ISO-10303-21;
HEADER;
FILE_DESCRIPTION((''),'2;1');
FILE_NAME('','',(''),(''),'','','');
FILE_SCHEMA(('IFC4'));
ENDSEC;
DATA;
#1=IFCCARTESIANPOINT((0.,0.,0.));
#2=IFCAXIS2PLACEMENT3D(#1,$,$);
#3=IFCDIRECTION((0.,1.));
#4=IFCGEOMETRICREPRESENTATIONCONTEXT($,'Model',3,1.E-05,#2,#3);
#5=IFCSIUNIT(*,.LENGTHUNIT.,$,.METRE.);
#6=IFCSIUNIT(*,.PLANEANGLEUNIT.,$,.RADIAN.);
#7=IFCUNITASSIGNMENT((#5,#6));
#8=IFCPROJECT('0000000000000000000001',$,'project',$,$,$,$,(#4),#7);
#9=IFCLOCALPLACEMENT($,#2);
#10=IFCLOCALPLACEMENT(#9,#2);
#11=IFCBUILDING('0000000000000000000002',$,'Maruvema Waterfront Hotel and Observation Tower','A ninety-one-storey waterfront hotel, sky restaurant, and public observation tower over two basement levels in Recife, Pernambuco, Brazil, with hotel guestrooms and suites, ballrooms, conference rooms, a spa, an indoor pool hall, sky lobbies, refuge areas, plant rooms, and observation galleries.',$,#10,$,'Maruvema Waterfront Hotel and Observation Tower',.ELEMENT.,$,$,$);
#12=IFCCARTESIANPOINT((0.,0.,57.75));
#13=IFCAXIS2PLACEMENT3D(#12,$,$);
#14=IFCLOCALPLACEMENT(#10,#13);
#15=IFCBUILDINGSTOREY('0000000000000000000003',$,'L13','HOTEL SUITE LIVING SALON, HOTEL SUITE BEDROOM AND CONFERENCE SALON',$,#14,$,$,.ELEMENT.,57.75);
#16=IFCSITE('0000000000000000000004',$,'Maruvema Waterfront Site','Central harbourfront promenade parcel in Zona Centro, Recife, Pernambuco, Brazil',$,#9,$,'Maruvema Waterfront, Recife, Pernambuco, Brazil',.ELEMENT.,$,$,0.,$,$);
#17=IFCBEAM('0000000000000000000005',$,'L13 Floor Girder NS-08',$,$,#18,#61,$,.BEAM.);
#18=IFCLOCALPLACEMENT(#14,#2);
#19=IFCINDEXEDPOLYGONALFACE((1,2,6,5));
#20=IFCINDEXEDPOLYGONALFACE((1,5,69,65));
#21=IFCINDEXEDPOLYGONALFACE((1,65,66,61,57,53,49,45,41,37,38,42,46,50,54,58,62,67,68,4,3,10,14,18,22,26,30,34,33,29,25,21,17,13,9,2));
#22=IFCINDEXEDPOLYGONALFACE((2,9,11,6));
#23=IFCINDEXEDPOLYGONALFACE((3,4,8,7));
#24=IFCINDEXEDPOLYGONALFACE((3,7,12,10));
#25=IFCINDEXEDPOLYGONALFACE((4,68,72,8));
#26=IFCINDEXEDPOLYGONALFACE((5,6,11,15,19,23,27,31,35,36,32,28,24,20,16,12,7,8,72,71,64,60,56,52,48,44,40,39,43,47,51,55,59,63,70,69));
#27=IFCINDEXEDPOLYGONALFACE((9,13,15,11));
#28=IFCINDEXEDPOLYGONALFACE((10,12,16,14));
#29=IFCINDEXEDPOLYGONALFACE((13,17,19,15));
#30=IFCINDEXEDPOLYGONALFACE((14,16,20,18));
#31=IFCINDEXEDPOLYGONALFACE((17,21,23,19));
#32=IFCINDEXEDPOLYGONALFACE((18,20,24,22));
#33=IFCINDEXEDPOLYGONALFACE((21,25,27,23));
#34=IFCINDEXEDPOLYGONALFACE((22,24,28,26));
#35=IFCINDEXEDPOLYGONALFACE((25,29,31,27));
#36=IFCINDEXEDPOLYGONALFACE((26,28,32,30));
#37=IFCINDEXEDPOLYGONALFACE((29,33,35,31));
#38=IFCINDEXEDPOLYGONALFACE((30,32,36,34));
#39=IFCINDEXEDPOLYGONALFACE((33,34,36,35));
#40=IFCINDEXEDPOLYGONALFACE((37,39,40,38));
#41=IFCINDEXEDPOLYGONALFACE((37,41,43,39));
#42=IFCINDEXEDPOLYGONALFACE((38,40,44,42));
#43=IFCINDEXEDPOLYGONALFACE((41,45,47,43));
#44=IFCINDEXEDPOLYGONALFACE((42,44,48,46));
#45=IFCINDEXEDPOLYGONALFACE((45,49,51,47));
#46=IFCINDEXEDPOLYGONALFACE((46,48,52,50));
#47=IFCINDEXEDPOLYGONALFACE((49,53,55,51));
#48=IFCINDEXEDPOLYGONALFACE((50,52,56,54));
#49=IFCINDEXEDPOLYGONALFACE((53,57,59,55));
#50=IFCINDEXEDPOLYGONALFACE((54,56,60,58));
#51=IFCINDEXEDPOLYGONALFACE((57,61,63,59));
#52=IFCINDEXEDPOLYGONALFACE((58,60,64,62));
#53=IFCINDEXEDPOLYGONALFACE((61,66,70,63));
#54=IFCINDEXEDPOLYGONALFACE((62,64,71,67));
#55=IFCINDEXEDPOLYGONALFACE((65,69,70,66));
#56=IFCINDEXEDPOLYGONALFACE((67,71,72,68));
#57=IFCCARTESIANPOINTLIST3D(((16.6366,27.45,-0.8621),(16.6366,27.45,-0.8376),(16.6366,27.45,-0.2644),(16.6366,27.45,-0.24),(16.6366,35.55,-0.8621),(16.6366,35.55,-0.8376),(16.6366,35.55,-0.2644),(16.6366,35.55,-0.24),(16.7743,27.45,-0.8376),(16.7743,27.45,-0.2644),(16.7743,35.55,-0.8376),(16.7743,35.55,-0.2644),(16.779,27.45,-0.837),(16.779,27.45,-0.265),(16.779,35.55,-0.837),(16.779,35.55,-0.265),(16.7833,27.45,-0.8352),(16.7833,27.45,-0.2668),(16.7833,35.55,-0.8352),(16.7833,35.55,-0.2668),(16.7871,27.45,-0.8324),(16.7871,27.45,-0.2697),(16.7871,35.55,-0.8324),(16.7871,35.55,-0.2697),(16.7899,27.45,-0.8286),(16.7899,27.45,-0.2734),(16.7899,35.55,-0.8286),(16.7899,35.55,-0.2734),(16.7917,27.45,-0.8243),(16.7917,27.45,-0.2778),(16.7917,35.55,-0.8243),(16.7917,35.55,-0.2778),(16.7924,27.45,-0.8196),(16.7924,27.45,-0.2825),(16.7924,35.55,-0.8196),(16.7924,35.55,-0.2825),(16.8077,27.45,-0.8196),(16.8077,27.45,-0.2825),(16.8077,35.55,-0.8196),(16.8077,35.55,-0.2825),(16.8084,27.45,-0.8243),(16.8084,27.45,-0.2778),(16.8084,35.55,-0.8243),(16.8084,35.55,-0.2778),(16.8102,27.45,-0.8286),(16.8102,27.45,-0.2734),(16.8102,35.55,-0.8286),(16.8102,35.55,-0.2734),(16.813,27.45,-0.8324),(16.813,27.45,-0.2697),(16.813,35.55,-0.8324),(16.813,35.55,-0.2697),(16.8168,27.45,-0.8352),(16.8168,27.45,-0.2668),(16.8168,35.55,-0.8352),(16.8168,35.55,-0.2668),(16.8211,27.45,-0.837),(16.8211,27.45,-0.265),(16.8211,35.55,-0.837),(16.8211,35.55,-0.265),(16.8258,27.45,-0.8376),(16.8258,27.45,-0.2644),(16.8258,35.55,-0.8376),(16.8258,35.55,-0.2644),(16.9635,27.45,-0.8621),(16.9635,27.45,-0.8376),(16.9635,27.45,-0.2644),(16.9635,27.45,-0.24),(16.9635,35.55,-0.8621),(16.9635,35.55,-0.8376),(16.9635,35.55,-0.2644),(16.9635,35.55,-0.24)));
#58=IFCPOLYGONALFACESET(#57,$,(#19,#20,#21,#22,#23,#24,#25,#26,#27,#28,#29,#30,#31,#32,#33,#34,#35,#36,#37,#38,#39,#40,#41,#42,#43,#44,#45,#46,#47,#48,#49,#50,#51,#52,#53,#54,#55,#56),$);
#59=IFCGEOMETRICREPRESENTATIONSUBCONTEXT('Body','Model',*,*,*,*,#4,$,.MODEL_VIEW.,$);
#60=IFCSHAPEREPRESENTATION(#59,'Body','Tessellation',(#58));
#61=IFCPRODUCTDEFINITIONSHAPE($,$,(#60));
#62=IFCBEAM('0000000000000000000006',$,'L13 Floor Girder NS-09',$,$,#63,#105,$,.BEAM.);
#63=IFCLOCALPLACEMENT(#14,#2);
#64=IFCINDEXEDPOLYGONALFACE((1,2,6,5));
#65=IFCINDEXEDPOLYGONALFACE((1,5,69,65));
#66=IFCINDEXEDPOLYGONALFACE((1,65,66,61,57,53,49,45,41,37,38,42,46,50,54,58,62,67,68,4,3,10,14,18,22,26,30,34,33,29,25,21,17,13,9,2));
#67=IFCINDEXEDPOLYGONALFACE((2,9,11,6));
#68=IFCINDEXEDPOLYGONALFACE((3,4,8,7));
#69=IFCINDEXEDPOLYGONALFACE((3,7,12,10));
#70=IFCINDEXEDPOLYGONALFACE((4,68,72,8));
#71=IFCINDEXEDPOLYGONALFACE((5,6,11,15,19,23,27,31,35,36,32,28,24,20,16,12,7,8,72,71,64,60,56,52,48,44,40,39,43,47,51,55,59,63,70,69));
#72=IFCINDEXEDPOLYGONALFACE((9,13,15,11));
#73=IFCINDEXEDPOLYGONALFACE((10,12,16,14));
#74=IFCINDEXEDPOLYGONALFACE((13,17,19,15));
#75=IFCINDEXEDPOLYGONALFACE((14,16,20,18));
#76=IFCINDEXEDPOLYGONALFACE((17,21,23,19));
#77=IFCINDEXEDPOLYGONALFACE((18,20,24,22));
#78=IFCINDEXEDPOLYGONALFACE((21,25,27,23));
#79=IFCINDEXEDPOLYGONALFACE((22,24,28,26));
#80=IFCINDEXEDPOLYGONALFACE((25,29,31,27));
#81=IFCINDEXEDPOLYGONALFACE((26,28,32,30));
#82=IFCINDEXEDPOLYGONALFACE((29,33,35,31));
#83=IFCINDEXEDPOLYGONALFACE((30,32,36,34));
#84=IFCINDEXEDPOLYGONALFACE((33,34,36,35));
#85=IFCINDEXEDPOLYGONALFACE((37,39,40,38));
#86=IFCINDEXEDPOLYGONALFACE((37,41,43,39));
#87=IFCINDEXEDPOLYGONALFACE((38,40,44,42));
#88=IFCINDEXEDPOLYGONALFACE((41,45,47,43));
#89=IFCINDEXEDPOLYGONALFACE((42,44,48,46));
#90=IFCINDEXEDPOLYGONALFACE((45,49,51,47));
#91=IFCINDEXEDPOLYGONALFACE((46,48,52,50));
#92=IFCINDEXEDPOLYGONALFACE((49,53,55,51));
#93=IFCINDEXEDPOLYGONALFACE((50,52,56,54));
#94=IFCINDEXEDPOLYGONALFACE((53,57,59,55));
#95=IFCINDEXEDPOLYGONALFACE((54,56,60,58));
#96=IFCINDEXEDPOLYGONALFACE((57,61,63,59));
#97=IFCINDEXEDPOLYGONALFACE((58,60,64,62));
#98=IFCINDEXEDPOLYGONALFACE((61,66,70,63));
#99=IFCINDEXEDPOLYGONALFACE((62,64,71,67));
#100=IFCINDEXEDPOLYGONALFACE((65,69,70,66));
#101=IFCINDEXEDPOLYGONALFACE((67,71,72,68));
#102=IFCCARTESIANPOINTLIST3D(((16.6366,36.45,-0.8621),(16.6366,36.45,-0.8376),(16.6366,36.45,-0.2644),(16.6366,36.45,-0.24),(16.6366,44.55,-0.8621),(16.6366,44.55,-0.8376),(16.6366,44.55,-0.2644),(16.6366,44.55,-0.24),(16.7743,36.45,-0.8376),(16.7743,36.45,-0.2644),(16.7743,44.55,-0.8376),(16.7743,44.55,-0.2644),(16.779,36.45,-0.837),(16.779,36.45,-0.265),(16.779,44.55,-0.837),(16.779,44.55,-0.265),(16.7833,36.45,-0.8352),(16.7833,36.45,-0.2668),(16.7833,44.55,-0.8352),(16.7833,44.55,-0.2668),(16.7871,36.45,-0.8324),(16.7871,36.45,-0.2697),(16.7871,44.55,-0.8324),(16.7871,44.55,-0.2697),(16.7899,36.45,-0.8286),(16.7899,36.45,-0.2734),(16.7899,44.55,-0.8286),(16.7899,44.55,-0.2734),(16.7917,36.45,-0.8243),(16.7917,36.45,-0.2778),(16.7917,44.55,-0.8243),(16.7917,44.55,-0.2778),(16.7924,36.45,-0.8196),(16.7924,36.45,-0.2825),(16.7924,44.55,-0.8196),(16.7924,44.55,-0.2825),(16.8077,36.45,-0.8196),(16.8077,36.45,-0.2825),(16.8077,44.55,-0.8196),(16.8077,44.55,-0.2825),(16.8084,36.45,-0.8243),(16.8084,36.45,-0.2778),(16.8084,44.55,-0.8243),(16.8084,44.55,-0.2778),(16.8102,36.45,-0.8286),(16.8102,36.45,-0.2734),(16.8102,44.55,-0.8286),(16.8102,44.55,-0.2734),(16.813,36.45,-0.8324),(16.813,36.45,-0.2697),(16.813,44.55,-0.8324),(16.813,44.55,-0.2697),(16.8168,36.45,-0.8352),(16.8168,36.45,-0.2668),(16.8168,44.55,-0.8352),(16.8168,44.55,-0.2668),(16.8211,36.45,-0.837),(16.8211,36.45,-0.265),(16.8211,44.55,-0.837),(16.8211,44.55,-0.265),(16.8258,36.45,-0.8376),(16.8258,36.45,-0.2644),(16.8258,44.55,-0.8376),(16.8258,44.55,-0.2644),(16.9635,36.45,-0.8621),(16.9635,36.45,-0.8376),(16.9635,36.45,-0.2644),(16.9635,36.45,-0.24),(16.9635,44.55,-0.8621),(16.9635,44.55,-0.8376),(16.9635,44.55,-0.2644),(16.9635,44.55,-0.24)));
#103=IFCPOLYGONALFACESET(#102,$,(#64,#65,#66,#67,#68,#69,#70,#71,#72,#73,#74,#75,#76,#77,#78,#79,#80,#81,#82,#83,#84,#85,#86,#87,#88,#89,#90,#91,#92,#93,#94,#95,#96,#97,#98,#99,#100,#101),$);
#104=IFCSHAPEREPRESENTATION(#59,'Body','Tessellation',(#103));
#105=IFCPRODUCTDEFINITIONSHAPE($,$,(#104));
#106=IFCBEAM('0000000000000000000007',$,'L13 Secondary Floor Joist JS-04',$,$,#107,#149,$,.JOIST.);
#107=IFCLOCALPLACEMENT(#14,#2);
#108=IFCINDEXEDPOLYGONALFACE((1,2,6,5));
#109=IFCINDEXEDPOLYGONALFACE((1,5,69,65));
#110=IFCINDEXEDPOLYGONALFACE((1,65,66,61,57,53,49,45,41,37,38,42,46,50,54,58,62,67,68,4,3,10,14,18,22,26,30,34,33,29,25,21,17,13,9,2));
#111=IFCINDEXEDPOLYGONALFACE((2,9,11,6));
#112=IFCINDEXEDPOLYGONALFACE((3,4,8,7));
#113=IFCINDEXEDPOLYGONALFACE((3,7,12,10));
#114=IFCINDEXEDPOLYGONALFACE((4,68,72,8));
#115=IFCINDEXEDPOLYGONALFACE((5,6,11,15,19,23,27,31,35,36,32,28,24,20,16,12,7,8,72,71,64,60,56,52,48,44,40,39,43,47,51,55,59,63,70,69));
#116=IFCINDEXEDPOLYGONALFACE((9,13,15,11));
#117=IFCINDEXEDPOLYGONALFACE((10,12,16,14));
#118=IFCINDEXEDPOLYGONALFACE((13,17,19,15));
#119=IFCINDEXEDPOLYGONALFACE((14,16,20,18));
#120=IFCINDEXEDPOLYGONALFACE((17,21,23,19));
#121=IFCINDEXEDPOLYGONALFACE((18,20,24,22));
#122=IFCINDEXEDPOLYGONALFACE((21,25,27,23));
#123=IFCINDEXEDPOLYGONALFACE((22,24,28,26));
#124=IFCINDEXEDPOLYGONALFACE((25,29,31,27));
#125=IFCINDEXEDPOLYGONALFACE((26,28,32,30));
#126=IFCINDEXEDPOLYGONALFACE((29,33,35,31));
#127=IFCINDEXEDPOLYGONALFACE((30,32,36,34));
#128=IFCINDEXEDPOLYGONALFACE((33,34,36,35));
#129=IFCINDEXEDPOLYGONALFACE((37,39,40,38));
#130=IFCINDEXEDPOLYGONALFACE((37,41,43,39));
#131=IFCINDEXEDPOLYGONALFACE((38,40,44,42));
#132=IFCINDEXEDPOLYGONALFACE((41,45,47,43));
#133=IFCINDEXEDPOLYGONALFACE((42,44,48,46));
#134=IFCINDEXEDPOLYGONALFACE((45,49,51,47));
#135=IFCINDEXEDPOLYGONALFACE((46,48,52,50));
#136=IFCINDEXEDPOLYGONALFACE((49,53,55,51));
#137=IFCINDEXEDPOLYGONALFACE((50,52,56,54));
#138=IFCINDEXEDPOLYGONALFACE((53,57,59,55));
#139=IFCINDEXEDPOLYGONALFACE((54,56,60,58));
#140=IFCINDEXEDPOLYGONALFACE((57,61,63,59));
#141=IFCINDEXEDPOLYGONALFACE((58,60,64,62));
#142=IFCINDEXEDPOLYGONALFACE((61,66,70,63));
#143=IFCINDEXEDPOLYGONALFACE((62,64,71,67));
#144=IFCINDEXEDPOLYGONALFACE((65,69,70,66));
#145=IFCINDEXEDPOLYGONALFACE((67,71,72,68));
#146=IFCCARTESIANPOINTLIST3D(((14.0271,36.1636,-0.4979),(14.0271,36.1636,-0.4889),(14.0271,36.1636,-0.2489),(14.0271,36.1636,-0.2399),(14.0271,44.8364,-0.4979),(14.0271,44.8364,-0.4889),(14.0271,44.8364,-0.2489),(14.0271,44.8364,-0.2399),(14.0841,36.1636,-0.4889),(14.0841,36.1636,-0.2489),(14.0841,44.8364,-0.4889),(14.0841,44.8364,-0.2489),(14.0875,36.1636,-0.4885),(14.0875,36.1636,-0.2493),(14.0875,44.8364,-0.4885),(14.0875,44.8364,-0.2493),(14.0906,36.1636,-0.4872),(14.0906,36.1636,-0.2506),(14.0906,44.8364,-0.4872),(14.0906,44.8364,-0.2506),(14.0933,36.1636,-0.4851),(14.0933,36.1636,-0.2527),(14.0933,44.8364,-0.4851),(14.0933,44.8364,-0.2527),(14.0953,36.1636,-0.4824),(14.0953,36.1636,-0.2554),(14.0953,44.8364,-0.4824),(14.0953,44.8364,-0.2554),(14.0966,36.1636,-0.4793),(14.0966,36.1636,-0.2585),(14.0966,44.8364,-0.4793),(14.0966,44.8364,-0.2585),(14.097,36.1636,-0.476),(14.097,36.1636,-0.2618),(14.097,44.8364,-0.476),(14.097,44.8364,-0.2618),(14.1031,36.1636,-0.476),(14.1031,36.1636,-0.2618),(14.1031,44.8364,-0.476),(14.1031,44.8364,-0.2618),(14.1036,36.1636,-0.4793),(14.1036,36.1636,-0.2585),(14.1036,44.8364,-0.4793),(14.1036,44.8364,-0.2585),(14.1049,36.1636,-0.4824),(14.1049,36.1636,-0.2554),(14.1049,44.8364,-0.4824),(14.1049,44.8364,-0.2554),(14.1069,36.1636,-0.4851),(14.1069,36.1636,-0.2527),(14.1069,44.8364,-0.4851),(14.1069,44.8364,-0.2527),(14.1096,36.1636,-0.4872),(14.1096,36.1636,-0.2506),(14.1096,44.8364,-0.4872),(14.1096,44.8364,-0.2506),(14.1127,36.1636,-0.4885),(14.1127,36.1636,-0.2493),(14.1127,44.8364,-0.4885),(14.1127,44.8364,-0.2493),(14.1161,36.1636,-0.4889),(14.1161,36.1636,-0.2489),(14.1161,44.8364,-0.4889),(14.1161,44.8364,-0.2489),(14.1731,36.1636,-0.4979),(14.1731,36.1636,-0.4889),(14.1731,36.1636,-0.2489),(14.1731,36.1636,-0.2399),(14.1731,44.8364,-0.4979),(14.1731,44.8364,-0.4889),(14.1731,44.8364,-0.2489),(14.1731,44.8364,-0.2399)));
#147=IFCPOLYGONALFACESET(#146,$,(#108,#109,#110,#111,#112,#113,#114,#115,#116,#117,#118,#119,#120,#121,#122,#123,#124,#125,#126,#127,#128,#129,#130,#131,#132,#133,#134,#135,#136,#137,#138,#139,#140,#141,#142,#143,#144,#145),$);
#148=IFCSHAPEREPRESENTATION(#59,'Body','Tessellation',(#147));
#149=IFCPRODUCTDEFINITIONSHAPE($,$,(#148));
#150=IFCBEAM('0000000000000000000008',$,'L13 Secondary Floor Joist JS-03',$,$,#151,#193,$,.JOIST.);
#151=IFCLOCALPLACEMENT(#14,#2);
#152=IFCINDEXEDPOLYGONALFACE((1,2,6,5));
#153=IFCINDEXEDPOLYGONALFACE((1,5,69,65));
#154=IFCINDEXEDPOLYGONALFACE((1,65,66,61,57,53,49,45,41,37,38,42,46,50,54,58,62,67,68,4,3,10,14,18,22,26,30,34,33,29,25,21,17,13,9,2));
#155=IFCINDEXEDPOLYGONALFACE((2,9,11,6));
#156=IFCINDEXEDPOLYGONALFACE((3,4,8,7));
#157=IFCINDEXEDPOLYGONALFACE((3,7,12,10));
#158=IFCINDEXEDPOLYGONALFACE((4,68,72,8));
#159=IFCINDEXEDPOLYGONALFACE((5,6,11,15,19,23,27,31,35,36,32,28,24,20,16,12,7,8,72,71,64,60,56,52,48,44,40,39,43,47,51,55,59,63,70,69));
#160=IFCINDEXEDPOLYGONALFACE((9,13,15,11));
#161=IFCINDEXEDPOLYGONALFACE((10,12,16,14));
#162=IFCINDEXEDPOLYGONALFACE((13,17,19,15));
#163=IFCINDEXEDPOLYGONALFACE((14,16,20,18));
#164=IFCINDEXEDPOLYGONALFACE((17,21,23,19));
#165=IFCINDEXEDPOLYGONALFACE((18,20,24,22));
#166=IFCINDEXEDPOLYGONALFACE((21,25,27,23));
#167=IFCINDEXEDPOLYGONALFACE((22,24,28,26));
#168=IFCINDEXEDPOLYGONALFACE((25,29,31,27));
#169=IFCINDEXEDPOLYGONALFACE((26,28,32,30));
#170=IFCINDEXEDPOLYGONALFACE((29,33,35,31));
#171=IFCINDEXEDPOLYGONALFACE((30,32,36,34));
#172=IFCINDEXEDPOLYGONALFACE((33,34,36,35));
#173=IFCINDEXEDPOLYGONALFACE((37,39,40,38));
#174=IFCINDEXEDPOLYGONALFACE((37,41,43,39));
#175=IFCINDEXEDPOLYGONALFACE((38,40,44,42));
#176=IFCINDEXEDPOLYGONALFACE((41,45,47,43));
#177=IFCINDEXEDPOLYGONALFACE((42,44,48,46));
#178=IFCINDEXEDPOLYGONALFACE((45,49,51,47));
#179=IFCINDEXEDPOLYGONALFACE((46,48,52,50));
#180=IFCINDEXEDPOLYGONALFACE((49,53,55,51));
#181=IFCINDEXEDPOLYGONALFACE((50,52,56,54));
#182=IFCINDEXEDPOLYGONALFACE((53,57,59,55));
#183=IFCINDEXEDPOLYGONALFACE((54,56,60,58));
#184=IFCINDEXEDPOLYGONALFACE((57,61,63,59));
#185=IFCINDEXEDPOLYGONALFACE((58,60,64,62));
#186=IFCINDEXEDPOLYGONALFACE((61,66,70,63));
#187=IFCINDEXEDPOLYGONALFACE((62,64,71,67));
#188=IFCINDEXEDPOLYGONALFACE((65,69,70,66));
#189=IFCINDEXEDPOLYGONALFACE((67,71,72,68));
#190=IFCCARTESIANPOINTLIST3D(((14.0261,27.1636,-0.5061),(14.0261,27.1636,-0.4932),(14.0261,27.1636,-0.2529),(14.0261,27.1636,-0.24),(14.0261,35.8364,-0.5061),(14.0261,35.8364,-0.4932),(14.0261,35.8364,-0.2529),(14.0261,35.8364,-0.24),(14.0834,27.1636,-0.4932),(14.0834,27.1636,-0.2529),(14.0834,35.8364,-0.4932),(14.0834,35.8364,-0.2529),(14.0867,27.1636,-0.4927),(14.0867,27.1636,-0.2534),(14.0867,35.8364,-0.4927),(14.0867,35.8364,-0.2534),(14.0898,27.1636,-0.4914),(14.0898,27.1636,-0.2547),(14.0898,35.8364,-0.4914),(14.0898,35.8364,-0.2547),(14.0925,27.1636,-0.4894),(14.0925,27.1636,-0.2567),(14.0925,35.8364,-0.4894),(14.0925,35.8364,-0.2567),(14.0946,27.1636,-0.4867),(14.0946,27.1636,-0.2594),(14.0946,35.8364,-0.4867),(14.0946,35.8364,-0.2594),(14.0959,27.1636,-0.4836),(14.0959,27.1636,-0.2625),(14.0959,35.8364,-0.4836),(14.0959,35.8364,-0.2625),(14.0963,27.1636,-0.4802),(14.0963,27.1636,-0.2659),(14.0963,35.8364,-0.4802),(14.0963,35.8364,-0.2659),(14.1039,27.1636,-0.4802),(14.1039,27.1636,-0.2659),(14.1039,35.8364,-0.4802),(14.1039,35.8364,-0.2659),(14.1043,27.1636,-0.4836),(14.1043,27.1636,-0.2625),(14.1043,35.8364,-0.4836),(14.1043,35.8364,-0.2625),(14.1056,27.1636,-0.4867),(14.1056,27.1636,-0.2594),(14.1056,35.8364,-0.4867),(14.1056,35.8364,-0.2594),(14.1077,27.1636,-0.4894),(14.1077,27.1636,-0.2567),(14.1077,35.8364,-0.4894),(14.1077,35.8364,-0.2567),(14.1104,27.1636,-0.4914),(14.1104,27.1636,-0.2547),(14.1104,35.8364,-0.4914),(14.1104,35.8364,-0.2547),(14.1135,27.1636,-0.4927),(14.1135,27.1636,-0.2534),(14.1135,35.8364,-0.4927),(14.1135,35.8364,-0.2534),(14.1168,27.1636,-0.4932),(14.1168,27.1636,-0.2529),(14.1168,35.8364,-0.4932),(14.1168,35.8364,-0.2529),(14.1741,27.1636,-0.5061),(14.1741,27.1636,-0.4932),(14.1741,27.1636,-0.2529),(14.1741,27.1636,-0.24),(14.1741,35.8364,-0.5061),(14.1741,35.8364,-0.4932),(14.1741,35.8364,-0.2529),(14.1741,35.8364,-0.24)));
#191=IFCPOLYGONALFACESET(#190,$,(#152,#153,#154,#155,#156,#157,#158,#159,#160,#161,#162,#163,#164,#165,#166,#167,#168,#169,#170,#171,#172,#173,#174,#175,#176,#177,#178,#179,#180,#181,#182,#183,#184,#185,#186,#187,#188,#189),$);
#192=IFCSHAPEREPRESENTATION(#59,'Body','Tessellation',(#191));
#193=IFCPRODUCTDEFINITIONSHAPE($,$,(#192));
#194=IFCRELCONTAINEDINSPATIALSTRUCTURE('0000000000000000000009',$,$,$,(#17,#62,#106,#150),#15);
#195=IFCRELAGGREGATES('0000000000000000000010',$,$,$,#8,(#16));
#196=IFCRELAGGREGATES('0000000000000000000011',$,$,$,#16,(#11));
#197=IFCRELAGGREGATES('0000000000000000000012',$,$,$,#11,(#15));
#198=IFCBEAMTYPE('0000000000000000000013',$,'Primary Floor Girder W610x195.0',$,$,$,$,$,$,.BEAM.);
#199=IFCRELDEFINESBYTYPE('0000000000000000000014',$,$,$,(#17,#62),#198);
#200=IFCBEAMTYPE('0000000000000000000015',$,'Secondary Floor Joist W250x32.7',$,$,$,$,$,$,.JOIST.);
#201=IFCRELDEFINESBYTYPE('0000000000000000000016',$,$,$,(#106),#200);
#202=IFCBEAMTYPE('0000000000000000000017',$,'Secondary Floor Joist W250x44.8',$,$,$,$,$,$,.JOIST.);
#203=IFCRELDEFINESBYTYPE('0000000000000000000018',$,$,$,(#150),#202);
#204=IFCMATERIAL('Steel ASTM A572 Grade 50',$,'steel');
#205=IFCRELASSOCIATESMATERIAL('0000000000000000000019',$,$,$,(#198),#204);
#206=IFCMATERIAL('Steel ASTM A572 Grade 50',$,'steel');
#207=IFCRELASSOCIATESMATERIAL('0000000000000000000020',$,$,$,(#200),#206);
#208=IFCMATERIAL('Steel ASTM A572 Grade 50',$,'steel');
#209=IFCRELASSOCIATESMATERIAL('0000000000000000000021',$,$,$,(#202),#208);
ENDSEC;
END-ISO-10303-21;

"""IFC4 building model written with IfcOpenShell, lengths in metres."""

from ifc_helpers import new_model, si_unit, direction, frame, origin, origin_2d, place, context, subcontext, project, spatial, i_section, extrude, material, material_profile, profile_set, type_object, element, save


model = new_model("IFC4")

# Units and contexts
model_context = context("Model", 3, precision=1e-05, world=origin(), true_north=direction((0.0, 1.0)))
body_context = subcontext(model_context, "Body", "Model", "MODEL_VIEW")
ifc_project = project(units=[si_unit("LENGTHUNIT", "METRE"), si_unit("PLANEANGLEUNIT", "RADIAN")], contexts=[model_context])

# Site, building, storey
site_placement = place(None, origin())
site = spatial("IfcSite", under=ifc_project, at=site_placement, Name="Maruvema Waterfront Site", Description="Central harbourfront promenade parcel in Zona Centro, Recife, Pernambuco, Brazil", LongName="Maruvema Waterfront, Recife, Pernambuco, Brazil", CompositionType="ELEMENT", RefElevation=0.0)
building_placement = place(site_placement, origin())
building = spatial("IfcBuilding", under=site, at=building_placement, Name="Maruvema Waterfront Hotel and Observation Tower", Description="A ninety-one-storey waterfront hotel, sky restaurant, and public observation tower over two basement levels in Recife, Pernambuco, Brazil, with hotel guestrooms and suites, ballrooms, conference rooms, a spa, an indoor pool hall, sky lobbies, refuge areas, plant rooms, and observation galleries.", LongName="Maruvema Waterfront Hotel and Observation Tower", CompositionType="ELEMENT")
storey_placement = place(building_placement, frame((0.0, 0.0, 57.75)))
storey = spatial("IfcBuildingStorey", under=building, at=storey_placement, Name="L13", Description="HOTEL SUITE LIVING SALON, HOTEL SUITE BEDROOM AND CONFERENCE SALON", CompositionType="ELEMENT", Elevation=57.75)

# Beams
ifc_material_1 = material(Name="Steel ASTM A572 Grade 50", Category="steel")
ifc_material_profile_1 = material_profile(ifc_material_1, i_section(OverallWidth=0.3269, OverallDepth=0.6221, WebThickness=0.0154, FlangeThickness=0.0244, FilletRadius=0.0181, at=origin_2d()), Name="W610x195.0")
ifc_profile_set_1 = profile_set([ifc_material_profile_1], Name="Steel ASTM A572 Grade 50")
beam_type_1 = type_object("IfcBeamType", Name="Primary Floor Girder W610x195.0", PredefinedType="BEAM", material=ifc_profile_set_1)
for number, where, z_axis, x_axis, name in (
    (1, (16.8, 27.45, -0.551), (0.0, 1.0, 0.0), (-1.0, 0.0, 0.0), "L13 Floor Girder NS-08"),
    (2, (16.8, 36.45, -0.551), (0.0, 1.0, 0.0), (-1.0, 0.0, 0.0), "L13 Floor Girder NS-09"),
):
    element("IfcBeam", number, at=place(storey_placement, frame(where, z_axis=z_axis, x_axis=x_axis)), inside=storey, type_object=beam_type_1, Name=name, PredefinedType="BEAM", context=body_context, shape_type="SweptSolid", body=[
        extrude(i_section(OverallWidth=0.3269, OverallDepth=0.6221, WebThickness=0.0154, FlangeThickness=0.0244, FilletRadius=0.0181, at=origin_2d()), origin(), (0.0, 0.0, 1.0), 8.1001),
    ])
ifc_material_2 = material(Name="Steel ASTM A572 Grade 50", Category="steel")
ifc_material_profile_2 = material_profile(ifc_material_2, i_section(OverallWidth=0.146, OverallDepth=0.2581, WebThickness=0.0061, FlangeThickness=0.009, FilletRadius=0.0129, at=origin_2d()), Name="W250x32.7")
ifc_profile_set_2 = profile_set([ifc_material_profile_2], Name="Steel ASTM A572 Grade 50")
beam_type_2 = type_object("IfcBeamType", Name="Secondary Floor Joist W250x32.7", PredefinedType="JOIST", material=ifc_profile_set_2)
beam_1_placement = place(storey_placement, frame((14.1001, 36.1636, -0.3689), z_axis=(0.0, 1.0, 0.0), x_axis=(-1.0, 0.0, 0.0)))
element("IfcBeam", 3, at=beam_1_placement, inside=storey, type_object=beam_type_2, Name="L13 Secondary Floor Joist JS-04", PredefinedType="JOIST", context=body_context, shape_type="SweptSolid", body=[
    extrude(i_section(OverallWidth=0.146, OverallDepth=0.2581, WebThickness=0.0061, FlangeThickness=0.009, FilletRadius=0.0129, at=origin_2d()), origin(), (0.0, 0.0, 1.0), 8.6729),
])
ifc_material_3 = material(Name="Steel ASTM A572 Grade 50", Category="steel")
ifc_material_profile_3 = material_profile(ifc_material_3, i_section(OverallWidth=0.1479, OverallDepth=0.2661, WebThickness=0.0076, FlangeThickness=0.0129, FilletRadius=0.0129, at=origin_2d()), Name="W250x44.8")
ifc_profile_set_3 = profile_set([ifc_material_profile_3], Name="Steel ASTM A572 Grade 50")
beam_type_3 = type_object("IfcBeamType", Name="Secondary Floor Joist W250x44.8", PredefinedType="JOIST", material=ifc_profile_set_3)
beam_2_placement = place(storey_placement, frame((14.1001, 27.1636, -0.373), z_axis=(0.0, 1.0, 0.0), x_axis=(-1.0, 0.0, 0.0)))
element("IfcBeam", 4, at=beam_2_placement, inside=storey, type_object=beam_type_3, Name="L13 Secondary Floor Joist JS-03", PredefinedType="JOIST", context=body_context, shape_type="SweptSolid", body=[
    extrude(i_section(OverallWidth=0.1479, OverallDepth=0.2661, WebThickness=0.0076, FlangeThickness=0.0129, FilletRadius=0.0129, at=origin_2d()), origin(), (0.0, 0.0, 1.0), 8.6729),
])

save(model, "model.ifc")
